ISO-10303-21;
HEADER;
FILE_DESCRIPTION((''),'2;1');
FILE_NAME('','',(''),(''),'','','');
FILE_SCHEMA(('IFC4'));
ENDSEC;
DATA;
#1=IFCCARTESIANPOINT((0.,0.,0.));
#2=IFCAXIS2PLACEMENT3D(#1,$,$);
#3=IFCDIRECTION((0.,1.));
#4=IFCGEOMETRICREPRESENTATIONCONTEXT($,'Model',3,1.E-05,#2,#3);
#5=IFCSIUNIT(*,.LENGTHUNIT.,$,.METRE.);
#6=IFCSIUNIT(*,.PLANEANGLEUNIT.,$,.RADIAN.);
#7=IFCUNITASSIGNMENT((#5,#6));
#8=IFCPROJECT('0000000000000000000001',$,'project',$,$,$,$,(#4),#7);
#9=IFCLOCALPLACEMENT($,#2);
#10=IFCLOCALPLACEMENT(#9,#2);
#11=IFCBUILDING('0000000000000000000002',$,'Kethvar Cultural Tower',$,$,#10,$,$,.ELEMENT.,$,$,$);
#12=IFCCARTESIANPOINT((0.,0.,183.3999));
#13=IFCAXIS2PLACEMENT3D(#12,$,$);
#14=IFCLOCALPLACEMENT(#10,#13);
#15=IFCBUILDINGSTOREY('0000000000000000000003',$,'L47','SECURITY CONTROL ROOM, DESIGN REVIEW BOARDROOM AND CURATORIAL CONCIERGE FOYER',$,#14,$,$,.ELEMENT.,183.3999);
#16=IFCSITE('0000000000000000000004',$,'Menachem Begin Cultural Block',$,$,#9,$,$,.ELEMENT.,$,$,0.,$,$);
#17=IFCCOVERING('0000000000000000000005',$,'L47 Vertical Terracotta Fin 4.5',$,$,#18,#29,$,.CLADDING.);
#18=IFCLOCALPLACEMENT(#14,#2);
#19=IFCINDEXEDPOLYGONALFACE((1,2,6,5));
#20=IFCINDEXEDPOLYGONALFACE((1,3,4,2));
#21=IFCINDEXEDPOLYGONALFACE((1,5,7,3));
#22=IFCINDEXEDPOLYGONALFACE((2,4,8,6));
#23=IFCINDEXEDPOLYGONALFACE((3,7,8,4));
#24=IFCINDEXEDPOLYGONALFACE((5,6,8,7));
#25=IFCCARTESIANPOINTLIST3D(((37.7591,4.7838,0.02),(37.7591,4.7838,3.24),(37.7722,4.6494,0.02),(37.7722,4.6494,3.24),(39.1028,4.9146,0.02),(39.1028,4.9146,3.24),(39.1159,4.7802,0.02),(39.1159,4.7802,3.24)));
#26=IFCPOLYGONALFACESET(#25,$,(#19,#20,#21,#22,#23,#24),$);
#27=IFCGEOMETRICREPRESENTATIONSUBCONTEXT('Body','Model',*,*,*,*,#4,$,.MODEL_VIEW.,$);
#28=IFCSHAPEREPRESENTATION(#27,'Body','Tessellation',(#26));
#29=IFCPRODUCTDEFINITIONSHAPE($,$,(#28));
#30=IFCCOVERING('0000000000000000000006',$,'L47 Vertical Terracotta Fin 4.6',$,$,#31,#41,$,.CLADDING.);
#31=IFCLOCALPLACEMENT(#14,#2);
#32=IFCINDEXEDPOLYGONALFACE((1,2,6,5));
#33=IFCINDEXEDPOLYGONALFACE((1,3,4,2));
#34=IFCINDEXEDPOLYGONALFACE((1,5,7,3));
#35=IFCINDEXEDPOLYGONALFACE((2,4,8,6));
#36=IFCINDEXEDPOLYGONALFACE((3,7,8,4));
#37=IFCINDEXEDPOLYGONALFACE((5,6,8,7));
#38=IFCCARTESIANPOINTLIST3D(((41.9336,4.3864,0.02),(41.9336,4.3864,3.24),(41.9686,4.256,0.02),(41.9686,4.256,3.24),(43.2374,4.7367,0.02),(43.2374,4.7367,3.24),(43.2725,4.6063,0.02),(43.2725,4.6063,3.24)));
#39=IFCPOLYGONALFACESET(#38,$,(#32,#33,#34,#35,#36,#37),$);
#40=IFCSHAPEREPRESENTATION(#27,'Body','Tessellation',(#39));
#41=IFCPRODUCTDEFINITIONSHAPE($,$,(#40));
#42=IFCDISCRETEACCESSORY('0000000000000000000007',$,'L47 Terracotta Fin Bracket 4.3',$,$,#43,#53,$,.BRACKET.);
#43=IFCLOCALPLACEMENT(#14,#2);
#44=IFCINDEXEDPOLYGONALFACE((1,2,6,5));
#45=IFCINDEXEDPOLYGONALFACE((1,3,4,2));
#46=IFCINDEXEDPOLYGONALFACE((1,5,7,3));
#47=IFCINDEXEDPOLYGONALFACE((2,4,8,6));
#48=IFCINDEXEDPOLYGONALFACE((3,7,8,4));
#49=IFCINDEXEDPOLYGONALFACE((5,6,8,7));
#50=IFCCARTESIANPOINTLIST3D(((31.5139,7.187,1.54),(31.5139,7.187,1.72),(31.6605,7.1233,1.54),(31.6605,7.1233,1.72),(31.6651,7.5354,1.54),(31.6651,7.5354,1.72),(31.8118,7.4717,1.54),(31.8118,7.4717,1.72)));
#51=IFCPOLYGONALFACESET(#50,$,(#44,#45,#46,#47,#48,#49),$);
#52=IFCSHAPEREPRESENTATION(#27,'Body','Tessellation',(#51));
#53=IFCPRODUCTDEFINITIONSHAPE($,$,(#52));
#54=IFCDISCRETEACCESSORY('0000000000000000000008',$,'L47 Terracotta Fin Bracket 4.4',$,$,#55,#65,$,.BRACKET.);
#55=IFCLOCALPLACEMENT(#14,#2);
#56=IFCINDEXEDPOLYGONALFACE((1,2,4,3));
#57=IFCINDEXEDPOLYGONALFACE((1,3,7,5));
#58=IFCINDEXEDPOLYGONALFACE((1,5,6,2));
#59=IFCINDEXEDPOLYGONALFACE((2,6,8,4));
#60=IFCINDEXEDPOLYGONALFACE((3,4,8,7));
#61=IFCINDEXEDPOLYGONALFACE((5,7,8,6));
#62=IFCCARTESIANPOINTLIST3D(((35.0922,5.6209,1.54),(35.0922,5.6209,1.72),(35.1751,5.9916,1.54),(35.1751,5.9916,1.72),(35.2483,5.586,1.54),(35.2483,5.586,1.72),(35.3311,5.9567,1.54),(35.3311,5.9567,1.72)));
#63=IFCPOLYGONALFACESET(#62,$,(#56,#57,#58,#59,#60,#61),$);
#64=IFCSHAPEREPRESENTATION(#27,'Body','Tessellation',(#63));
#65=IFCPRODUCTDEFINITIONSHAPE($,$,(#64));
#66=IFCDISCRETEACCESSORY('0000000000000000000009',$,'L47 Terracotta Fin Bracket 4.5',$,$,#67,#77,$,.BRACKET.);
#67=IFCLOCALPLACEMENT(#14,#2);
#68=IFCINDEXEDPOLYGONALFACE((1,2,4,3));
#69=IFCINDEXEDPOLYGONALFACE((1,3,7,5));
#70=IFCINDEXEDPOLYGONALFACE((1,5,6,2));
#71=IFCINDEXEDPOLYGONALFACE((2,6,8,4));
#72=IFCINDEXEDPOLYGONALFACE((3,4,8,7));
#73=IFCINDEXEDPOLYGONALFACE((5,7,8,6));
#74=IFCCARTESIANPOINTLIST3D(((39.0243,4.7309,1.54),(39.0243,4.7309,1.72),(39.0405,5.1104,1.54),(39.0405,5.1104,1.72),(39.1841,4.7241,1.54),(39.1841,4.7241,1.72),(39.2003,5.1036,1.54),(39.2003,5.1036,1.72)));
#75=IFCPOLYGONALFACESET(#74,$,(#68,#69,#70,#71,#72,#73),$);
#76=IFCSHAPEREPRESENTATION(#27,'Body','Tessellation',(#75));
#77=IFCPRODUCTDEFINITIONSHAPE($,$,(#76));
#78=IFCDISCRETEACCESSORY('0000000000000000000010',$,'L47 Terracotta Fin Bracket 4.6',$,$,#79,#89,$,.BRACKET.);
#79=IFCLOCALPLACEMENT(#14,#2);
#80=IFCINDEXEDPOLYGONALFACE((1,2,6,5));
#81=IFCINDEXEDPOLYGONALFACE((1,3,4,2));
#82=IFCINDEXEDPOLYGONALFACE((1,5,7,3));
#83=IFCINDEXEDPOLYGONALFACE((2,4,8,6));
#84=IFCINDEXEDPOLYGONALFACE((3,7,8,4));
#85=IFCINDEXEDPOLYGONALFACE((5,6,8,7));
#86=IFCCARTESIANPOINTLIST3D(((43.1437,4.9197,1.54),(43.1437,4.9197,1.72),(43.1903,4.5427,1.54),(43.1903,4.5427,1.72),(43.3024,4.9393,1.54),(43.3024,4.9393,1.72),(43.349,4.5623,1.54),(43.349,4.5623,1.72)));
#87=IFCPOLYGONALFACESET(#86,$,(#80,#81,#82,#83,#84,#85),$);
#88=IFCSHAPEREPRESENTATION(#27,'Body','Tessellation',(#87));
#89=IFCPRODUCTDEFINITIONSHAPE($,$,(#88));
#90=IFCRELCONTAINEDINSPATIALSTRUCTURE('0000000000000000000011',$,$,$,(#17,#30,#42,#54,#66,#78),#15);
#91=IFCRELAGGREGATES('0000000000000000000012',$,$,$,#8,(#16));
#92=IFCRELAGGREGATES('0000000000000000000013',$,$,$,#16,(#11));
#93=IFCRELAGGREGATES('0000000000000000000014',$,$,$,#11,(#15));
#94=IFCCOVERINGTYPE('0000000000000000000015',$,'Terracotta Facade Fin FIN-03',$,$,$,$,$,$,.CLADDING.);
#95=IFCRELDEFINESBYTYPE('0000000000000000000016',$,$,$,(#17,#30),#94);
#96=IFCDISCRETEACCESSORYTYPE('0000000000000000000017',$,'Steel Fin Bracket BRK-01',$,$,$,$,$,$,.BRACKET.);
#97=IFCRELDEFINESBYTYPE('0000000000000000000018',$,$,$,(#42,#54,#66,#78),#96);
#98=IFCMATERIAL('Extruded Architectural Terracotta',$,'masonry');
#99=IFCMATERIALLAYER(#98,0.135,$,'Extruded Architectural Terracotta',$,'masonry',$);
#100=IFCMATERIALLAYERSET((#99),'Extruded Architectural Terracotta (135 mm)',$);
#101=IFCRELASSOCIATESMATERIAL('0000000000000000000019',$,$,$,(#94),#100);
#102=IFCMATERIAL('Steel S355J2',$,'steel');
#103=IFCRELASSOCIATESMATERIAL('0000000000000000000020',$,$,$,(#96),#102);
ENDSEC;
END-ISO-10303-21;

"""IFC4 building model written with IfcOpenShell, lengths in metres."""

from ifc_helpers import new_model, si_unit, direction, frame, origin, origin_2d, place, context, subcontext, project, spatial, rectangle, extrude, source, transform, mapped, material, layer, layer_set, type_object, element, save


model = new_model("IFC4")

# Units and contexts
model_context = context("Model", 3, precision=1e-05, world=origin(), true_north=direction((0.0, 1.0)))
body_context = subcontext(model_context, "Body", "Model", "MODEL_VIEW")
ifc_project = project(units=[si_unit("LENGTHUNIT", "METRE"), si_unit("PLANEANGLEUNIT", "RADIAN")], contexts=[model_context])

# Site, building, storey
site_placement = place(None, origin())
site = spatial("IfcSite", under=ifc_project, at=site_placement, Name="Menachem Begin Cultural Block", CompositionType="ELEMENT", RefElevation=0.0)
building_placement = place(site_placement, origin())
building = spatial("IfcBuilding", under=site, at=building_placement, Name="Kethvar Cultural Tower", CompositionType="ELEMENT")
storey_placement = place(building_placement, frame((0.0, 0.0, 183.3999)))
storey = spatial("IfcBuildingStorey", under=building, at=storey_placement, Name="L47", Description="SECURITY CONTROL ROOM, DESIGN REVIEW BOARDROOM AND CURATORIAL CONCIERGE FOYER", CompositionType="ELEMENT", Elevation=183.3999)

# Shared definitions
ifc_material_1 = material(Name="Steel S355J2", Category="steel")

# Coverings
ifc_material_2 = material(Name="Extruded Architectural Terracotta", Category="masonry")
ifc_layer_1 = layer(ifc_material_2, 0.135, Name="Extruded Architectural Terracotta", Category="masonry")
ifc_layer_set_1 = layer_set([ifc_layer_1], Name="Extruded Architectural Terracotta (135 mm)")
covering_type = type_object("IfcCoveringType", Name="Terracotta Facade Fin FIN-03", PredefinedType="CLADDING", material=ifc_layer_set_1)
shared_shape_1 = source(origin(), body_context, "Body", "SweptSolid", [
    extrude(rectangle(XDim=1.3501, YDim=0.135, at=origin_2d()), origin(), (0.0, 0.0, 1.0), 3.22),
])
for number, where, z_axis, x_axis, name in (
    (1, (38.4375, 4.782, 0.02), (0.0, 0.0, 1.0), (-0.995295, -0.096888, 0.0), "L47 Vertical Terracotta Fin 4.5"),
    (2, (42.603, 4.4963, 0.02), (0.0, 0.0, 1.0), (-0.965745, -0.259493, 0.0), "L47 Vertical Terracotta Fin 4.6"),
):
    element("IfcCovering", number, at=place(storey_placement, frame(where, z_axis=z_axis, x_axis=x_axis)), inside=storey, type_object=covering_type, Name=name, PredefinedType="CLADDING", context=body_context, shape_type="MappedRepresentation", body=[
        mapped(shared_shape_1, transform((0.0, 0.0, 0.0), scale=1.0)),
    ])

# Discrete accessories
discrete_accessory_type = type_object("IfcDiscreteAccessoryType", Name="Steel Fin Bracket BRK-01", PredefinedType="BRACKET", material=ifc_material_1)
shared_shape_2 = source(origin(), body_context, "Body", "SweptSolid", [
    extrude(rectangle(XDim=0.3799, YDim=0.1599, at=origin_2d()), origin(), (0.0, 0.0, 1.0), 0.1799),
])
for number, where, z_axis, x_axis, name in (
    (3, (31.6628, 7.3293, 1.54), (0.0, 0.0, 1.0), (-0.398269, -0.917269, 0.0), "L47 Terracotta Fin Bracket 4.3"),
    (4, (35.2117, 5.7888, 1.54), (0.0, 0.0, 1.0), (-0.218143, -0.975917, 0.0), "L47 Terracotta Fin Bracket 4.4"),
    (5, (39.1123, 4.9172, 1.54), (0.0, 0.0, 1.0), (-0.042573, -0.999093, 0.0), "L47 Terracotta Fin Bracket 4.5"),
    (6, (43.2463, 4.741, 1.54), (0.0, 0.0, 1.0), (0.122562, -0.992461, 0.0), "L47 Terracotta Fin Bracket 4.6"),
):
    element("IfcDiscreteAccessory", number, at=place(storey_placement, frame(where, z_axis=z_axis, x_axis=x_axis)), inside=storey, type_object=discrete_accessory_type, Name=name, PredefinedType="BRACKET", context=body_context, shape_type="MappedRepresentation", body=[
        mapped(shared_shape_2, transform((0.0, 0.0, 0.0), scale=1.0)),
    ])

save(model, "model.ifc")
